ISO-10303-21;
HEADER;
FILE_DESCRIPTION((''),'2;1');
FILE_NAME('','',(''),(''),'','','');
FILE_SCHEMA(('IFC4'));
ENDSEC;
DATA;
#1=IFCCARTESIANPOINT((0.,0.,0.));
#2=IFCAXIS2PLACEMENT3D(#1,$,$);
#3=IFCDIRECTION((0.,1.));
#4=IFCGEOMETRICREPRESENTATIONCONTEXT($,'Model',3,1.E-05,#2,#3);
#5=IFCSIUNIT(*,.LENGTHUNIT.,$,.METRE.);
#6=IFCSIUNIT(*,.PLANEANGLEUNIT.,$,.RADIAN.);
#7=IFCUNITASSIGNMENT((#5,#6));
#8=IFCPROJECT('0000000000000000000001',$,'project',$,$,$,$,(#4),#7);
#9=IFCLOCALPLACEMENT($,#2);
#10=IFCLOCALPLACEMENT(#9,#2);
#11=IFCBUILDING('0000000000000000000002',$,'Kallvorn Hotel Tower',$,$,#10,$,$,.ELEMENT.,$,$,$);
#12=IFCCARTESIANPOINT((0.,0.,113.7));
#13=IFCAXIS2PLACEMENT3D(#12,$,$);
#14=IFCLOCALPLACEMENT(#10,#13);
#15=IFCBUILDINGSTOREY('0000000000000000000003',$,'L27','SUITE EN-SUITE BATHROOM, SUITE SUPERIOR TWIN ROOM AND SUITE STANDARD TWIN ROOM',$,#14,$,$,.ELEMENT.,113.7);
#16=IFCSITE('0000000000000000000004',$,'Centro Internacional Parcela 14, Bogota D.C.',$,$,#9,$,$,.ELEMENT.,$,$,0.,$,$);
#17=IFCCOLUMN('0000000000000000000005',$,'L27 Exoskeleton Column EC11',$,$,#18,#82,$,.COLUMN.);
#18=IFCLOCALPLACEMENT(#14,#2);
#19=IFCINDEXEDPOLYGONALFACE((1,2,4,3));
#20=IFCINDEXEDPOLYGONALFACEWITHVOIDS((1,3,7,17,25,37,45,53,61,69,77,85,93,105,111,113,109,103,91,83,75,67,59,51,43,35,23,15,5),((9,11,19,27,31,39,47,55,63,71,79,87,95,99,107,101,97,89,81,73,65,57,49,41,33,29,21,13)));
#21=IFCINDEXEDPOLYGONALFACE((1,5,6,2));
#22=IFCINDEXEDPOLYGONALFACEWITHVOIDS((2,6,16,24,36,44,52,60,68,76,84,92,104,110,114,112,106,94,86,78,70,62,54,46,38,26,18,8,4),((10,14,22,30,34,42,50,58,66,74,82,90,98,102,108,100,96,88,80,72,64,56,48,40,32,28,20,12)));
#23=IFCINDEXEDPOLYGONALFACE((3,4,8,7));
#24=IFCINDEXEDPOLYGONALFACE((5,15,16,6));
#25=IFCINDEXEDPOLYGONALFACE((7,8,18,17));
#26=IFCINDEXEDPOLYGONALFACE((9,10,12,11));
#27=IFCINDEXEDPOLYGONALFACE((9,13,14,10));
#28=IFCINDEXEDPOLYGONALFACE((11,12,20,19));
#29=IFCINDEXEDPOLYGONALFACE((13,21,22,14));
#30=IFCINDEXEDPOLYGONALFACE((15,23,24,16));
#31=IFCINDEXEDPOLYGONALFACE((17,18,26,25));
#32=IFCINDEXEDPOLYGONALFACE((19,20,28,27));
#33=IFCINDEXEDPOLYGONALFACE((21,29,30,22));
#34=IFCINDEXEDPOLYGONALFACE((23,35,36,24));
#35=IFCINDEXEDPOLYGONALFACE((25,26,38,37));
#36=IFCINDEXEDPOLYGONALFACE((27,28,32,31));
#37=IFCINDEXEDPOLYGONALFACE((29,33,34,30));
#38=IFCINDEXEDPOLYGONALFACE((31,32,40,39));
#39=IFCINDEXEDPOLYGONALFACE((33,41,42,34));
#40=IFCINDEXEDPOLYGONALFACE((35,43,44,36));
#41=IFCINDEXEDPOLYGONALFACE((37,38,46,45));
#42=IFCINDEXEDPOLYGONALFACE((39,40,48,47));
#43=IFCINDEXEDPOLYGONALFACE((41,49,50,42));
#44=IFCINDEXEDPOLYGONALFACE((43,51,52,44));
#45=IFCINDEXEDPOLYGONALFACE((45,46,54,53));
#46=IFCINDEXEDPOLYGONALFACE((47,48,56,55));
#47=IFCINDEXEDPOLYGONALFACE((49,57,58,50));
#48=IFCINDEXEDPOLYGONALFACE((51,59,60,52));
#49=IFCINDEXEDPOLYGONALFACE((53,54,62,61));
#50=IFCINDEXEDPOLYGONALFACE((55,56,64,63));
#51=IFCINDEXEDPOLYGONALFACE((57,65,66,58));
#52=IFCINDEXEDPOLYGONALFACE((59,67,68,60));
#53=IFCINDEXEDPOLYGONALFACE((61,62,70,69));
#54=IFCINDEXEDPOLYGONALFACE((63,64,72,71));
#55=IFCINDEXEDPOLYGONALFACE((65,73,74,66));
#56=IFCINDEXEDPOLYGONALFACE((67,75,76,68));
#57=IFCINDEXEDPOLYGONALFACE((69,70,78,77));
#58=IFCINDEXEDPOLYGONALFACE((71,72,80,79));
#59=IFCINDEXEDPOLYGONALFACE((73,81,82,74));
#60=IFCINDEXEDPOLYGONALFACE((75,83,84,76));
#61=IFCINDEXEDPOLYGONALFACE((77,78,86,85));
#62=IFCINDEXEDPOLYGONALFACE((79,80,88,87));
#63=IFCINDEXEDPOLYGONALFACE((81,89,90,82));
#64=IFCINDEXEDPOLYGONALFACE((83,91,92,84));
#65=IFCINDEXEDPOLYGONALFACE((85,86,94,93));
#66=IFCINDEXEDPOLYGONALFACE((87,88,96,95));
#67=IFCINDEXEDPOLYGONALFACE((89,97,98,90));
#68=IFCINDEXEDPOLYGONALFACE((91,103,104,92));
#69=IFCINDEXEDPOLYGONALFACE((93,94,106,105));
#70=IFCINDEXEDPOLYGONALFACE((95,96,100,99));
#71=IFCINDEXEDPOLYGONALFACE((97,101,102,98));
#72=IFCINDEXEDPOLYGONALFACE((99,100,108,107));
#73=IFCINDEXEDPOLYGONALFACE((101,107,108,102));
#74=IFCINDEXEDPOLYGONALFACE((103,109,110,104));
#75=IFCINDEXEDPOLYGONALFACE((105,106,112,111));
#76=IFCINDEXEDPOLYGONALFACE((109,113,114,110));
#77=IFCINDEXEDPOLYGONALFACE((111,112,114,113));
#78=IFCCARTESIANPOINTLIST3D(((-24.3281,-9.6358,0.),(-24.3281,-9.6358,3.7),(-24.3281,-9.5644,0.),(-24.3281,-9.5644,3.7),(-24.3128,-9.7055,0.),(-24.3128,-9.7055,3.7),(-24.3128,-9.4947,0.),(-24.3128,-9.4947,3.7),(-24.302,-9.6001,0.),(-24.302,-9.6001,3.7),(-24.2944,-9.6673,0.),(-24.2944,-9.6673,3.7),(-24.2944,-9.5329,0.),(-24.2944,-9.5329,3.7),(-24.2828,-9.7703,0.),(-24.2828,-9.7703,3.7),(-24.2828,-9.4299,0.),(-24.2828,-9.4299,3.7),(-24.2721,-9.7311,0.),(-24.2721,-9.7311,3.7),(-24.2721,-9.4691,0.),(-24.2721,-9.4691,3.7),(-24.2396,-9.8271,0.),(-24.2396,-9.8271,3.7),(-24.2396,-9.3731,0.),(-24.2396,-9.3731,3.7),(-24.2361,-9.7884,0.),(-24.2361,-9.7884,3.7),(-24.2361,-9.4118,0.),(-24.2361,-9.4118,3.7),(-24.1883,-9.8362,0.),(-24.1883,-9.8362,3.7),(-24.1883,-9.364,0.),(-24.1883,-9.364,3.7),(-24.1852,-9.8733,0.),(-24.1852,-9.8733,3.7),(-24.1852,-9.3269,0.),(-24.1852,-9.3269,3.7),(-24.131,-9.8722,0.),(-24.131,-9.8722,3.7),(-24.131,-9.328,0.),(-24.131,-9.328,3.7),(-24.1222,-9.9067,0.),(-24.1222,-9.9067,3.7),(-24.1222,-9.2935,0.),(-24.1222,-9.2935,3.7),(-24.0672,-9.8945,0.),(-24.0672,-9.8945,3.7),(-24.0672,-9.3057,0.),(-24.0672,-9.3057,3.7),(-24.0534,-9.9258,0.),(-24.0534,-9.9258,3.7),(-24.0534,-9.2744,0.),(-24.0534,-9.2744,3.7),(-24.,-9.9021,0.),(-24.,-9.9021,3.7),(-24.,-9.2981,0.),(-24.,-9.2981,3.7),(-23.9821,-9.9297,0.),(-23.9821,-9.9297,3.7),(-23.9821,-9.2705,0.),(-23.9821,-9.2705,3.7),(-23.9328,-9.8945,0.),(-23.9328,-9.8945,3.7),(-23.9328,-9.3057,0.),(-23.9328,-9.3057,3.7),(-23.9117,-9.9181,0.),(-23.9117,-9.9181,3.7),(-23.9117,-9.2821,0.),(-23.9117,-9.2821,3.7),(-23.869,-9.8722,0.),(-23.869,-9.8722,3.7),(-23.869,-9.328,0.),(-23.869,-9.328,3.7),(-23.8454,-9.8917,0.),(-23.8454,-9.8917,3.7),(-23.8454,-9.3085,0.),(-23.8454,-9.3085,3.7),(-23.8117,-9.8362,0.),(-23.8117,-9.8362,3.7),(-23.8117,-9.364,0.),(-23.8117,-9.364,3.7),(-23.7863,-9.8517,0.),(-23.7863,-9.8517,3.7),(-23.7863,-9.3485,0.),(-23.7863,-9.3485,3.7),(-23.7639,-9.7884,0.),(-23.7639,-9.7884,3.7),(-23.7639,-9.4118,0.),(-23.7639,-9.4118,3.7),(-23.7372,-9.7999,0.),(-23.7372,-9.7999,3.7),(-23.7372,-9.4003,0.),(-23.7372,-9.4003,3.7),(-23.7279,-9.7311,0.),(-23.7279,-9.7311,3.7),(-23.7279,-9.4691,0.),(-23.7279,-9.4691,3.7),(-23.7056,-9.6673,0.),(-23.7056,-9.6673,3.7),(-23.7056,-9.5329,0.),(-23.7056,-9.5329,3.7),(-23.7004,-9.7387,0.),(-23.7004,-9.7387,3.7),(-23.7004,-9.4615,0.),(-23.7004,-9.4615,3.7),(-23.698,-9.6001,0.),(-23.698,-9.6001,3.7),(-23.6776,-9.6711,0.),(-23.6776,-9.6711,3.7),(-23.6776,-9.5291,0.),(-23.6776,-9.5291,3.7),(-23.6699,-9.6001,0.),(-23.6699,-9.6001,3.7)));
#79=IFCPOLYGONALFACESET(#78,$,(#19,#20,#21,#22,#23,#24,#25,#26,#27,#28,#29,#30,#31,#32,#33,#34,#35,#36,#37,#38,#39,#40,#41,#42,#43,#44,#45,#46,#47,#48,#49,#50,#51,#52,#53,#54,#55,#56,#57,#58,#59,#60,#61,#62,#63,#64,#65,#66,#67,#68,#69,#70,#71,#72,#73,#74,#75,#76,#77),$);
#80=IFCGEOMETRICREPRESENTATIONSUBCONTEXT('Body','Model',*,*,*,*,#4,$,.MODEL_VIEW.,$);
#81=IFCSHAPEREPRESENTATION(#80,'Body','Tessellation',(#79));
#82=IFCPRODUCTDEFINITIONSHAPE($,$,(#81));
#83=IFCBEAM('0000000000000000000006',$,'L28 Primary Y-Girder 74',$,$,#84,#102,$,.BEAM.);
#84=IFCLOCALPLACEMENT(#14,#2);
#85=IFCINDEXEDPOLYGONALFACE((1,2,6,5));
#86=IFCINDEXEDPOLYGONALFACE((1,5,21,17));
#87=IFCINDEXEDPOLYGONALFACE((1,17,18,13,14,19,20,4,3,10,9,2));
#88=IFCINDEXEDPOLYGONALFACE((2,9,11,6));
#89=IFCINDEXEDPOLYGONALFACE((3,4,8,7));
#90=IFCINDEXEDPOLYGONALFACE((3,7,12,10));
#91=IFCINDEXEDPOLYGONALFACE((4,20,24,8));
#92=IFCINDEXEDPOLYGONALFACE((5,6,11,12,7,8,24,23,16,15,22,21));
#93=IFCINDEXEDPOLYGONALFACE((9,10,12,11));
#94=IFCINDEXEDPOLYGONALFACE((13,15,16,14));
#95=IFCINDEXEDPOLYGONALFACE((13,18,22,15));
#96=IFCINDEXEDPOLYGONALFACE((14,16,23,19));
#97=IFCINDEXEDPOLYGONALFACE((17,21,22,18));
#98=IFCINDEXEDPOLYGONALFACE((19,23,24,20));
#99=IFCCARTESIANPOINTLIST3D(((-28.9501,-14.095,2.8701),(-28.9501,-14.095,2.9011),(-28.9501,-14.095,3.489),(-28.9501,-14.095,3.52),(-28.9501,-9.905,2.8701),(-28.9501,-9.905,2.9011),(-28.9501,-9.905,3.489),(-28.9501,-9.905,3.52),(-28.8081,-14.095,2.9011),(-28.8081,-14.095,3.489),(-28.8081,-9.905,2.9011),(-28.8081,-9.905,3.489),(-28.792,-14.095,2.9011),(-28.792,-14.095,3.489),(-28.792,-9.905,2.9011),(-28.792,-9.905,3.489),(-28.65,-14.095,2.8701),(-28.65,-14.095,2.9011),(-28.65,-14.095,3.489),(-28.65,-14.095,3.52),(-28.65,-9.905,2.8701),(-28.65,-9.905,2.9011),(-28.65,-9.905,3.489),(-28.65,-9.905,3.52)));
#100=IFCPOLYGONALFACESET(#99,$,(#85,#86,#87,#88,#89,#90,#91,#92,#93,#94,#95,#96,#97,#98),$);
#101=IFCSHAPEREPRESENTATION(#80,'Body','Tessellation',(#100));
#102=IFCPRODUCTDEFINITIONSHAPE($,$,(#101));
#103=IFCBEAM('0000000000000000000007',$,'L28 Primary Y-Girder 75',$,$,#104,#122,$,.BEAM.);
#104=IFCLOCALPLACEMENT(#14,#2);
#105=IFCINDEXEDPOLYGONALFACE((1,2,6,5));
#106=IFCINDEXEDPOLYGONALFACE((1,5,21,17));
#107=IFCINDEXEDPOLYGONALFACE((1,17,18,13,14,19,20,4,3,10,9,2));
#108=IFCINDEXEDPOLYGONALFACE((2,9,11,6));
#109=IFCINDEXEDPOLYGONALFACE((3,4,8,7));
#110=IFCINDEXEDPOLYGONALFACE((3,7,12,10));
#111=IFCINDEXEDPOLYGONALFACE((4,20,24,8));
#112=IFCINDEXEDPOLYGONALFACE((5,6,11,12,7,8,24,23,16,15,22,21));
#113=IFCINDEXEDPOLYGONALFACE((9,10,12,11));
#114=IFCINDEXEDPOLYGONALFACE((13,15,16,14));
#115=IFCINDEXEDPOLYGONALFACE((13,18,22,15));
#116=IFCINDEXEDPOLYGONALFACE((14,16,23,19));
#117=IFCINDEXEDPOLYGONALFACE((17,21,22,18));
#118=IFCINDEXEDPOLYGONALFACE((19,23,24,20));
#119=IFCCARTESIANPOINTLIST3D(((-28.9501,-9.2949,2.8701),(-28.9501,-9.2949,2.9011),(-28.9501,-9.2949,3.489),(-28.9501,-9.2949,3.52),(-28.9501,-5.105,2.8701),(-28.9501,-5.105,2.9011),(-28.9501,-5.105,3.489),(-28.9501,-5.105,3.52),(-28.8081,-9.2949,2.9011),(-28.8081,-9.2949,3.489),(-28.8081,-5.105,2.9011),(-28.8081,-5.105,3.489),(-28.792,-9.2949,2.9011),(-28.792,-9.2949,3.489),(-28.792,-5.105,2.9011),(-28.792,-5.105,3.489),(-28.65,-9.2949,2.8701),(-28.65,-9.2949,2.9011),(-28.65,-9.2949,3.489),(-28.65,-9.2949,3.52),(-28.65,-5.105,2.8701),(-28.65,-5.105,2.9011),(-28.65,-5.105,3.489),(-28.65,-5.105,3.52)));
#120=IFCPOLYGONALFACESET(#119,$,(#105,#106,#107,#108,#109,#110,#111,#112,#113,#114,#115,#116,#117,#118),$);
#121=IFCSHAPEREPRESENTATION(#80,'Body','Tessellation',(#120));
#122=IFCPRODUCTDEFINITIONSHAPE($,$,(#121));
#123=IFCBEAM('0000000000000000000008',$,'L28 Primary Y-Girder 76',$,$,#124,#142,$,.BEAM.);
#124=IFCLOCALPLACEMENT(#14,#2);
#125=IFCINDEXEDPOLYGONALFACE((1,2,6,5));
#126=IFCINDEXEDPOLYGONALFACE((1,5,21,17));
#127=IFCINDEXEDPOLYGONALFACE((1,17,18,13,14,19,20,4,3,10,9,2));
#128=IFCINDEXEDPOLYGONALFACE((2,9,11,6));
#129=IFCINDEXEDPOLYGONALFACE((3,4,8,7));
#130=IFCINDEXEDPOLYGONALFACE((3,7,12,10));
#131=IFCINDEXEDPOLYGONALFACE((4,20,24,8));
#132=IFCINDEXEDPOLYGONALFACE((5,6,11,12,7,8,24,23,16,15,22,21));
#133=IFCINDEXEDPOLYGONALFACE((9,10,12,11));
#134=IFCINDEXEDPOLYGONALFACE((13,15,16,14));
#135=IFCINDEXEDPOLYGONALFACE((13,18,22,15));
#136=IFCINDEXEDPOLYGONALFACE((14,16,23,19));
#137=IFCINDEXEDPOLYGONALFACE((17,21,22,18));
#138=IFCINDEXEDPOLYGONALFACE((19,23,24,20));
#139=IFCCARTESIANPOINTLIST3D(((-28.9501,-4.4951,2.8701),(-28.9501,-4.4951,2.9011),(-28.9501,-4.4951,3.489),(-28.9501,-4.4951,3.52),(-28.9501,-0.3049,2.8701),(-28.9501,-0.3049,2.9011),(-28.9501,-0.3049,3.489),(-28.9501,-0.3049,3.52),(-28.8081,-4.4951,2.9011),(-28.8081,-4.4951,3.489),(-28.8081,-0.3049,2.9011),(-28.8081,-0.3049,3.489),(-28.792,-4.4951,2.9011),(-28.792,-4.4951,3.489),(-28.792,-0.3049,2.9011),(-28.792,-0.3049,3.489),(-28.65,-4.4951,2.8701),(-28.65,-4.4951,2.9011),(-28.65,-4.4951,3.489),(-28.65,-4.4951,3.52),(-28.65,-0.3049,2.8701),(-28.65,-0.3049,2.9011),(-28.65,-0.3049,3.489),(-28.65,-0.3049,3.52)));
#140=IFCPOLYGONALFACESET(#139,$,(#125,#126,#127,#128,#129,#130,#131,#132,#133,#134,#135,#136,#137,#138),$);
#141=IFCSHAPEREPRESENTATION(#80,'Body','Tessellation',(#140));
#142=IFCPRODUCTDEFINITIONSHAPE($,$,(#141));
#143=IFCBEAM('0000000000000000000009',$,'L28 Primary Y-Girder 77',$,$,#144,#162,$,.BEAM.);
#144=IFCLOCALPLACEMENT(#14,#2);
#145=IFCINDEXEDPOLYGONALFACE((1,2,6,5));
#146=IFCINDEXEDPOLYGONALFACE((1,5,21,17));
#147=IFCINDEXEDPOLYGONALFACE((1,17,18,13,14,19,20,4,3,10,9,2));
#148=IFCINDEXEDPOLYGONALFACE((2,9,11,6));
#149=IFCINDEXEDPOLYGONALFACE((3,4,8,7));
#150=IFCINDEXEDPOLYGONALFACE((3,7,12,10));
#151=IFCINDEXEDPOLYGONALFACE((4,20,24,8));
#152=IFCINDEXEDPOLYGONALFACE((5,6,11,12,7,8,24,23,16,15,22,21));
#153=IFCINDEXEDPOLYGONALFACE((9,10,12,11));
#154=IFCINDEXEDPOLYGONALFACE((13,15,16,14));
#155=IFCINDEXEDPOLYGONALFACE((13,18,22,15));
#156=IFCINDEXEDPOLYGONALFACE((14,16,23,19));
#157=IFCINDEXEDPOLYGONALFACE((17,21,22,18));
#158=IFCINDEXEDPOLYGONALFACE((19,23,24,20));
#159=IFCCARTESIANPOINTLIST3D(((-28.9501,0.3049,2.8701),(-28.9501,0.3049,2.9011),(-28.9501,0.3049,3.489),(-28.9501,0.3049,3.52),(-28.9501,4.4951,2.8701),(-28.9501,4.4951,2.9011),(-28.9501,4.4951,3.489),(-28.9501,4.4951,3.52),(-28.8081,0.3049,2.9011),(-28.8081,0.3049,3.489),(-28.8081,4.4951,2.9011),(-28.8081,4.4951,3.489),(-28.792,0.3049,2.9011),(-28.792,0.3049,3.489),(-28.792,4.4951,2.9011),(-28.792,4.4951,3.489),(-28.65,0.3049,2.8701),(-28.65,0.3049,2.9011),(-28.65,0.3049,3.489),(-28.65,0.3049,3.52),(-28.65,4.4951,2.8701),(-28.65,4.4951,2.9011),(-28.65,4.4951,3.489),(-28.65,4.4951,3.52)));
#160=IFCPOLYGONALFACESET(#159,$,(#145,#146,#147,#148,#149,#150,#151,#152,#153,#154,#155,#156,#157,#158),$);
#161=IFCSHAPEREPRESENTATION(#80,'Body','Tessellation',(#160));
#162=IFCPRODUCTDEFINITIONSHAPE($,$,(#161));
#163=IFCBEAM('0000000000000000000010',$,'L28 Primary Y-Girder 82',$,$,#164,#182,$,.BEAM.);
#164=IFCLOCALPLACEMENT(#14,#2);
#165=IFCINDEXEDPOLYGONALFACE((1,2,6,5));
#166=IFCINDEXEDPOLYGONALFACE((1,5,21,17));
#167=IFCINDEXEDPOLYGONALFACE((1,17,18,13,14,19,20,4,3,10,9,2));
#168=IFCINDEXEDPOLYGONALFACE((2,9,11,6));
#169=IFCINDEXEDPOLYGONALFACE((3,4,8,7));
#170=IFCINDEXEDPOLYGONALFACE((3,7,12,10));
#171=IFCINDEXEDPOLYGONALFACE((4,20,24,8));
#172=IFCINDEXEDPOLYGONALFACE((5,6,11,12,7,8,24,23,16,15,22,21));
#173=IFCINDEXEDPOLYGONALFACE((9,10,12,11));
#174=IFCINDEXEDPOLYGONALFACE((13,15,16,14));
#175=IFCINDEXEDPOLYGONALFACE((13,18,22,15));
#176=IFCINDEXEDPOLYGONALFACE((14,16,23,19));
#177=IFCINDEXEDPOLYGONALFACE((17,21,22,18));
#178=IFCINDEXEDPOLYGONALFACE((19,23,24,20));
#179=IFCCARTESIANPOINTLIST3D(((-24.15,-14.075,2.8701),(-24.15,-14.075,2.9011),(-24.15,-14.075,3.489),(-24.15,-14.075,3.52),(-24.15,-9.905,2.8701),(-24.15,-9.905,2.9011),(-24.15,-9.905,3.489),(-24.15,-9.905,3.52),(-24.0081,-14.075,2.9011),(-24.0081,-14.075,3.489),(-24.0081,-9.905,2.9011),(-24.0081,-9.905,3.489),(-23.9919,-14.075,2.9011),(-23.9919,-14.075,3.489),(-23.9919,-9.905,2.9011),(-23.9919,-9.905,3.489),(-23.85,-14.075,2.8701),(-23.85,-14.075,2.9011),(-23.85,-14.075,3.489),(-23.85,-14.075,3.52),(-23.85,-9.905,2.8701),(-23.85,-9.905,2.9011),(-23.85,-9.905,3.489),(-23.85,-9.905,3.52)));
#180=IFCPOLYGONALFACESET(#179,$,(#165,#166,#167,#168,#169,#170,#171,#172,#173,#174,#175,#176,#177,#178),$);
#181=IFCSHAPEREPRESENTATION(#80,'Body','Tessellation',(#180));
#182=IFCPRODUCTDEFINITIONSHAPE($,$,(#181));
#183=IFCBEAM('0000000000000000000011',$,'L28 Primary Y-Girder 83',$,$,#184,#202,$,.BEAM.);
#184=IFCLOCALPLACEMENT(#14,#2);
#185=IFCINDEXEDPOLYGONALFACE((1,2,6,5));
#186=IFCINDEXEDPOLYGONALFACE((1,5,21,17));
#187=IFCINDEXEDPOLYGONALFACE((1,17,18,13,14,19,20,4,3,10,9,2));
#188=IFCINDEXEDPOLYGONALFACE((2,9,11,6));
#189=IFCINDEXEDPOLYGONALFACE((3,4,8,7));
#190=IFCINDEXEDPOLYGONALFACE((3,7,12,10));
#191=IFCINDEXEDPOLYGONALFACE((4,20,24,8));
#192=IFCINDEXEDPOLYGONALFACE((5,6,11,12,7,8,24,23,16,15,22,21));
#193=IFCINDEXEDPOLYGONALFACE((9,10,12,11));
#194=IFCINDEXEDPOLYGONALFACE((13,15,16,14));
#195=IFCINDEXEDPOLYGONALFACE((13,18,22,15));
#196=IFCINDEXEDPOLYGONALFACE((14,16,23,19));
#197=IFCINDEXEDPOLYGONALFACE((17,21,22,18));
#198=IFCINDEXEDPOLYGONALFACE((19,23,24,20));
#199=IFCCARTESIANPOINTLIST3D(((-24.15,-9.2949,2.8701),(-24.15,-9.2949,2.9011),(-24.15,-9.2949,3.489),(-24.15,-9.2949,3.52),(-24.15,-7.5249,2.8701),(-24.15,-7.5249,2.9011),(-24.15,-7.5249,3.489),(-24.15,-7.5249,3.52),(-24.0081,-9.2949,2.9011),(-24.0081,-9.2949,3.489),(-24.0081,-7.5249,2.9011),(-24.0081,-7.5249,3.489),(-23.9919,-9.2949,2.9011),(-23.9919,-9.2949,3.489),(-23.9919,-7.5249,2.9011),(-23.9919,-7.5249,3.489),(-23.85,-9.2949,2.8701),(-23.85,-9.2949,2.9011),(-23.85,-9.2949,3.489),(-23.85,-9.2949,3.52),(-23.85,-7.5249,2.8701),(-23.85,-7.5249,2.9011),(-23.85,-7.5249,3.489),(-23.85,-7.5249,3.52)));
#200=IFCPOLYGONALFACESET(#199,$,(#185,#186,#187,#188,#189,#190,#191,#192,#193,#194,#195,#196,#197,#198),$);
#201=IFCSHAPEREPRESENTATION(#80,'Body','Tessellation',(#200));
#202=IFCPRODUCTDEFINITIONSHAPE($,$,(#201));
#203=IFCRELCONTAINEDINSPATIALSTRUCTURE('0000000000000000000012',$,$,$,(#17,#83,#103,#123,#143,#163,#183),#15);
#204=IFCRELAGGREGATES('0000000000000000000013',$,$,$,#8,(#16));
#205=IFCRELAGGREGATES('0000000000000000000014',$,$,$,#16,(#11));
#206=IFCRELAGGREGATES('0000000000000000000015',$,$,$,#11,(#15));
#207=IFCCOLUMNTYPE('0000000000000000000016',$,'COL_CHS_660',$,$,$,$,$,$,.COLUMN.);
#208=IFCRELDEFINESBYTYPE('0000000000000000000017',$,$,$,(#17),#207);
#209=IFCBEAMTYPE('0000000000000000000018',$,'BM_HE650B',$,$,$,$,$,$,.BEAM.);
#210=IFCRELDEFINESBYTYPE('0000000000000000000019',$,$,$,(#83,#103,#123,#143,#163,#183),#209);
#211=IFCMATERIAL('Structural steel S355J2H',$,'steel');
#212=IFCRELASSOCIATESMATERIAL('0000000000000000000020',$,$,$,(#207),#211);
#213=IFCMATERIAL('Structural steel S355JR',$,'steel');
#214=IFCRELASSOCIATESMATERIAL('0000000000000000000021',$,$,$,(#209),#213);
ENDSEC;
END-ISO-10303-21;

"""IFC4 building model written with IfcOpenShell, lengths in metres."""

from ifc_helpers import new_model, si_unit, direction, frame, origin, origin_2d, place, context, subcontext, project, spatial, hollow_circle, i_section, extrude, material, material_profile, profile_set, type_object, element, save


model = new_model("IFC4")

# Units and contexts
model_context = context("Model", 3, precision=1e-05, world=origin(), true_north=direction((0.0, 1.0)))
body_context = subcontext(model_context, "Body", "Model", "MODEL_VIEW")
ifc_project = project(units=[si_unit("LENGTHUNIT", "METRE"), si_unit("PLANEANGLEUNIT", "RADIAN")], contexts=[model_context])

# Site, building, storey
site_placement = place(None, origin())
site = spatial("IfcSite", under=ifc_project, at=site_placement, Name="Centro Internacional Parcela 14, Bogota D.C.", CompositionType="ELEMENT", RefElevation=0.0)
building_placement = place(site_placement, origin())
building = spatial("IfcBuilding", under=site, at=building_placement, Name="Kallvorn Hotel Tower", CompositionType="ELEMENT")
storey_placement = place(building_placement, frame((0.0, 0.0, 113.7)))
storey = spatial("IfcBuildingStorey", under=building, at=storey_placement, Name="L27", Description="SUITE EN-SUITE BATHROOM, SUITE SUPERIOR TWIN ROOM AND SUITE STANDARD TWIN ROOM", CompositionType="ELEMENT", Elevation=113.7)

# Column
ifc_material_1 = material(Name="Structural steel S355J2H", Category="steel")
ifc_material_profile_1 = material_profile(ifc_material_1, hollow_circle(Radius=0.3301, WallThickness=0.0281, at=origin_2d()), Name="CHS 660x28")
ifc_profile_set_1 = profile_set([ifc_material_profile_1], Name="Structural steel S355J2H")
column_type = type_object("IfcColumnType", Name="COL_CHS_660", PredefinedType="COLUMN", material=ifc_profile_set_1)
for number, where, z_axis, x_axis, name in (
    (1, (-24.0, -9.6001, 0.0), (0.0, 0.0, 1.0), (1.0, 0.0, 0.0), "L27 Exoskeleton Column EC11"),
):
    element("IfcColumn", number, at=place(storey_placement, frame(where, z_axis=z_axis, x_axis=x_axis)), inside=storey, type_object=column_type, Name=name, PredefinedType="COLUMN", context=body_context, shape_type="SweptSolid", body=[
        extrude(hollow_circle(Radius=0.3301, WallThickness=0.0281, at=origin_2d()), origin(), (0.0, 0.0, 1.0), 3.7),
    ])

# Beams
ifc_material_2 = material(Name="Structural steel S355JR", Category="steel")
ifc_material_profile_2 = material_profile(ifc_material_2, i_section(OverallWidth=0.3, OverallDepth=0.6499, WebThickness=0.0161, FlangeThickness=0.031, at=origin_2d()), Name="HE 650 B")
ifc_profile_set_2 = profile_set([ifc_material_profile_2], Name="Structural steel S355JR")
beam_type_1 = type_object("IfcBeamType", Name="BM_HE650B", PredefinedType="BEAM", material=ifc_profile_set_2)
for number, where, z_axis, x_axis, name in (
    (2, (-28.8, -14.095, 3.1951), (0.0, 1.0, 0.0), (-1.0, 0.0, 0.0), "L28 Primary Y-Girder 74"),
    (3, (-28.8, -9.2949, 3.1951), (0.0, 1.0, 0.0), (-1.0, 0.0, 0.0), "L28 Primary Y-Girder 75"),
):
    element("IfcBeam", number, at=place(storey_placement, frame(where, z_axis=z_axis, x_axis=x_axis)), inside=storey, type_object=beam_type_1, Name=name, PredefinedType="BEAM", context=body_context, shape_type="SweptSolid", body=[
        extrude(i_section(OverallWidth=0.3, OverallDepth=0.6499, WebThickness=0.0161, FlangeThickness=0.031, at=origin_2d()), origin(), (0.0, 0.0, 1.0), 4.1899),
    ])
for number, where, z_axis, x_axis, name in (
    (4, (-28.8, -4.4951, 3.1951), (0.0, 1.0, 0.0), (-1.0, 0.0, 0.0), "L28 Primary Y-Girder 76"),
    (5, (-28.8, 0.3049, 3.1951), (0.0, 1.0, 0.0), (-1.0, 0.0, 0.0), "L28 Primary Y-Girder 77"),
):
    element("IfcBeam", number, at=place(storey_placement, frame(where, z_axis=z_axis, x_axis=x_axis)), inside=storey, type_object=beam_type_1, Name=name, PredefinedType="BEAM", context=body_context, shape_type="SweptSolid", body=[
        extrude(i_section(OverallWidth=0.3, OverallDepth=0.6499, WebThickness=0.0161, FlangeThickness=0.031, at=origin_2d()), origin(), (0.0, 0.0, 1.0), 4.1902),
    ])
beam_1_placement = place(storey_placement, frame((-24.0, -14.075, 3.1951), z_axis=(0.0, 1.0, 0.0), x_axis=(-1.0, 0.0, 0.0)))
element("IfcBeam", 6, at=beam_1_placement, inside=storey, type_object=beam_type_1, Name="L28 Primary Y-Girder 82", PredefinedType="BEAM", context=body_context, shape_type="SweptSolid", body=[
    extrude(i_section(OverallWidth=0.3, OverallDepth=0.6499, WebThickness=0.0161, FlangeThickness=0.031, at=origin_2d()), origin(), (0.0, 0.0, 1.0), 4.1699),
])
beam_2_placement = place(storey_placement, frame((-24.0, -9.2949, 3.1951), z_axis=(0.0, 1.0, 0.0), x_axis=(-1.0, 0.0, 0.0)))
element("IfcBeam", 7, at=beam_2_placement, inside=storey, type_object=beam_type_1, Name="L28 Primary Y-Girder 83", PredefinedType="BEAM", context=body_context, shape_type="SweptSolid", body=[
    extrude(i_section(OverallWidth=0.3, OverallDepth=0.6499, WebThickness=0.0161, FlangeThickness=0.031, at=origin_2d()), origin(), (0.0, 0.0, 1.0), 1.77),
])

save(model, "model.ifc")
